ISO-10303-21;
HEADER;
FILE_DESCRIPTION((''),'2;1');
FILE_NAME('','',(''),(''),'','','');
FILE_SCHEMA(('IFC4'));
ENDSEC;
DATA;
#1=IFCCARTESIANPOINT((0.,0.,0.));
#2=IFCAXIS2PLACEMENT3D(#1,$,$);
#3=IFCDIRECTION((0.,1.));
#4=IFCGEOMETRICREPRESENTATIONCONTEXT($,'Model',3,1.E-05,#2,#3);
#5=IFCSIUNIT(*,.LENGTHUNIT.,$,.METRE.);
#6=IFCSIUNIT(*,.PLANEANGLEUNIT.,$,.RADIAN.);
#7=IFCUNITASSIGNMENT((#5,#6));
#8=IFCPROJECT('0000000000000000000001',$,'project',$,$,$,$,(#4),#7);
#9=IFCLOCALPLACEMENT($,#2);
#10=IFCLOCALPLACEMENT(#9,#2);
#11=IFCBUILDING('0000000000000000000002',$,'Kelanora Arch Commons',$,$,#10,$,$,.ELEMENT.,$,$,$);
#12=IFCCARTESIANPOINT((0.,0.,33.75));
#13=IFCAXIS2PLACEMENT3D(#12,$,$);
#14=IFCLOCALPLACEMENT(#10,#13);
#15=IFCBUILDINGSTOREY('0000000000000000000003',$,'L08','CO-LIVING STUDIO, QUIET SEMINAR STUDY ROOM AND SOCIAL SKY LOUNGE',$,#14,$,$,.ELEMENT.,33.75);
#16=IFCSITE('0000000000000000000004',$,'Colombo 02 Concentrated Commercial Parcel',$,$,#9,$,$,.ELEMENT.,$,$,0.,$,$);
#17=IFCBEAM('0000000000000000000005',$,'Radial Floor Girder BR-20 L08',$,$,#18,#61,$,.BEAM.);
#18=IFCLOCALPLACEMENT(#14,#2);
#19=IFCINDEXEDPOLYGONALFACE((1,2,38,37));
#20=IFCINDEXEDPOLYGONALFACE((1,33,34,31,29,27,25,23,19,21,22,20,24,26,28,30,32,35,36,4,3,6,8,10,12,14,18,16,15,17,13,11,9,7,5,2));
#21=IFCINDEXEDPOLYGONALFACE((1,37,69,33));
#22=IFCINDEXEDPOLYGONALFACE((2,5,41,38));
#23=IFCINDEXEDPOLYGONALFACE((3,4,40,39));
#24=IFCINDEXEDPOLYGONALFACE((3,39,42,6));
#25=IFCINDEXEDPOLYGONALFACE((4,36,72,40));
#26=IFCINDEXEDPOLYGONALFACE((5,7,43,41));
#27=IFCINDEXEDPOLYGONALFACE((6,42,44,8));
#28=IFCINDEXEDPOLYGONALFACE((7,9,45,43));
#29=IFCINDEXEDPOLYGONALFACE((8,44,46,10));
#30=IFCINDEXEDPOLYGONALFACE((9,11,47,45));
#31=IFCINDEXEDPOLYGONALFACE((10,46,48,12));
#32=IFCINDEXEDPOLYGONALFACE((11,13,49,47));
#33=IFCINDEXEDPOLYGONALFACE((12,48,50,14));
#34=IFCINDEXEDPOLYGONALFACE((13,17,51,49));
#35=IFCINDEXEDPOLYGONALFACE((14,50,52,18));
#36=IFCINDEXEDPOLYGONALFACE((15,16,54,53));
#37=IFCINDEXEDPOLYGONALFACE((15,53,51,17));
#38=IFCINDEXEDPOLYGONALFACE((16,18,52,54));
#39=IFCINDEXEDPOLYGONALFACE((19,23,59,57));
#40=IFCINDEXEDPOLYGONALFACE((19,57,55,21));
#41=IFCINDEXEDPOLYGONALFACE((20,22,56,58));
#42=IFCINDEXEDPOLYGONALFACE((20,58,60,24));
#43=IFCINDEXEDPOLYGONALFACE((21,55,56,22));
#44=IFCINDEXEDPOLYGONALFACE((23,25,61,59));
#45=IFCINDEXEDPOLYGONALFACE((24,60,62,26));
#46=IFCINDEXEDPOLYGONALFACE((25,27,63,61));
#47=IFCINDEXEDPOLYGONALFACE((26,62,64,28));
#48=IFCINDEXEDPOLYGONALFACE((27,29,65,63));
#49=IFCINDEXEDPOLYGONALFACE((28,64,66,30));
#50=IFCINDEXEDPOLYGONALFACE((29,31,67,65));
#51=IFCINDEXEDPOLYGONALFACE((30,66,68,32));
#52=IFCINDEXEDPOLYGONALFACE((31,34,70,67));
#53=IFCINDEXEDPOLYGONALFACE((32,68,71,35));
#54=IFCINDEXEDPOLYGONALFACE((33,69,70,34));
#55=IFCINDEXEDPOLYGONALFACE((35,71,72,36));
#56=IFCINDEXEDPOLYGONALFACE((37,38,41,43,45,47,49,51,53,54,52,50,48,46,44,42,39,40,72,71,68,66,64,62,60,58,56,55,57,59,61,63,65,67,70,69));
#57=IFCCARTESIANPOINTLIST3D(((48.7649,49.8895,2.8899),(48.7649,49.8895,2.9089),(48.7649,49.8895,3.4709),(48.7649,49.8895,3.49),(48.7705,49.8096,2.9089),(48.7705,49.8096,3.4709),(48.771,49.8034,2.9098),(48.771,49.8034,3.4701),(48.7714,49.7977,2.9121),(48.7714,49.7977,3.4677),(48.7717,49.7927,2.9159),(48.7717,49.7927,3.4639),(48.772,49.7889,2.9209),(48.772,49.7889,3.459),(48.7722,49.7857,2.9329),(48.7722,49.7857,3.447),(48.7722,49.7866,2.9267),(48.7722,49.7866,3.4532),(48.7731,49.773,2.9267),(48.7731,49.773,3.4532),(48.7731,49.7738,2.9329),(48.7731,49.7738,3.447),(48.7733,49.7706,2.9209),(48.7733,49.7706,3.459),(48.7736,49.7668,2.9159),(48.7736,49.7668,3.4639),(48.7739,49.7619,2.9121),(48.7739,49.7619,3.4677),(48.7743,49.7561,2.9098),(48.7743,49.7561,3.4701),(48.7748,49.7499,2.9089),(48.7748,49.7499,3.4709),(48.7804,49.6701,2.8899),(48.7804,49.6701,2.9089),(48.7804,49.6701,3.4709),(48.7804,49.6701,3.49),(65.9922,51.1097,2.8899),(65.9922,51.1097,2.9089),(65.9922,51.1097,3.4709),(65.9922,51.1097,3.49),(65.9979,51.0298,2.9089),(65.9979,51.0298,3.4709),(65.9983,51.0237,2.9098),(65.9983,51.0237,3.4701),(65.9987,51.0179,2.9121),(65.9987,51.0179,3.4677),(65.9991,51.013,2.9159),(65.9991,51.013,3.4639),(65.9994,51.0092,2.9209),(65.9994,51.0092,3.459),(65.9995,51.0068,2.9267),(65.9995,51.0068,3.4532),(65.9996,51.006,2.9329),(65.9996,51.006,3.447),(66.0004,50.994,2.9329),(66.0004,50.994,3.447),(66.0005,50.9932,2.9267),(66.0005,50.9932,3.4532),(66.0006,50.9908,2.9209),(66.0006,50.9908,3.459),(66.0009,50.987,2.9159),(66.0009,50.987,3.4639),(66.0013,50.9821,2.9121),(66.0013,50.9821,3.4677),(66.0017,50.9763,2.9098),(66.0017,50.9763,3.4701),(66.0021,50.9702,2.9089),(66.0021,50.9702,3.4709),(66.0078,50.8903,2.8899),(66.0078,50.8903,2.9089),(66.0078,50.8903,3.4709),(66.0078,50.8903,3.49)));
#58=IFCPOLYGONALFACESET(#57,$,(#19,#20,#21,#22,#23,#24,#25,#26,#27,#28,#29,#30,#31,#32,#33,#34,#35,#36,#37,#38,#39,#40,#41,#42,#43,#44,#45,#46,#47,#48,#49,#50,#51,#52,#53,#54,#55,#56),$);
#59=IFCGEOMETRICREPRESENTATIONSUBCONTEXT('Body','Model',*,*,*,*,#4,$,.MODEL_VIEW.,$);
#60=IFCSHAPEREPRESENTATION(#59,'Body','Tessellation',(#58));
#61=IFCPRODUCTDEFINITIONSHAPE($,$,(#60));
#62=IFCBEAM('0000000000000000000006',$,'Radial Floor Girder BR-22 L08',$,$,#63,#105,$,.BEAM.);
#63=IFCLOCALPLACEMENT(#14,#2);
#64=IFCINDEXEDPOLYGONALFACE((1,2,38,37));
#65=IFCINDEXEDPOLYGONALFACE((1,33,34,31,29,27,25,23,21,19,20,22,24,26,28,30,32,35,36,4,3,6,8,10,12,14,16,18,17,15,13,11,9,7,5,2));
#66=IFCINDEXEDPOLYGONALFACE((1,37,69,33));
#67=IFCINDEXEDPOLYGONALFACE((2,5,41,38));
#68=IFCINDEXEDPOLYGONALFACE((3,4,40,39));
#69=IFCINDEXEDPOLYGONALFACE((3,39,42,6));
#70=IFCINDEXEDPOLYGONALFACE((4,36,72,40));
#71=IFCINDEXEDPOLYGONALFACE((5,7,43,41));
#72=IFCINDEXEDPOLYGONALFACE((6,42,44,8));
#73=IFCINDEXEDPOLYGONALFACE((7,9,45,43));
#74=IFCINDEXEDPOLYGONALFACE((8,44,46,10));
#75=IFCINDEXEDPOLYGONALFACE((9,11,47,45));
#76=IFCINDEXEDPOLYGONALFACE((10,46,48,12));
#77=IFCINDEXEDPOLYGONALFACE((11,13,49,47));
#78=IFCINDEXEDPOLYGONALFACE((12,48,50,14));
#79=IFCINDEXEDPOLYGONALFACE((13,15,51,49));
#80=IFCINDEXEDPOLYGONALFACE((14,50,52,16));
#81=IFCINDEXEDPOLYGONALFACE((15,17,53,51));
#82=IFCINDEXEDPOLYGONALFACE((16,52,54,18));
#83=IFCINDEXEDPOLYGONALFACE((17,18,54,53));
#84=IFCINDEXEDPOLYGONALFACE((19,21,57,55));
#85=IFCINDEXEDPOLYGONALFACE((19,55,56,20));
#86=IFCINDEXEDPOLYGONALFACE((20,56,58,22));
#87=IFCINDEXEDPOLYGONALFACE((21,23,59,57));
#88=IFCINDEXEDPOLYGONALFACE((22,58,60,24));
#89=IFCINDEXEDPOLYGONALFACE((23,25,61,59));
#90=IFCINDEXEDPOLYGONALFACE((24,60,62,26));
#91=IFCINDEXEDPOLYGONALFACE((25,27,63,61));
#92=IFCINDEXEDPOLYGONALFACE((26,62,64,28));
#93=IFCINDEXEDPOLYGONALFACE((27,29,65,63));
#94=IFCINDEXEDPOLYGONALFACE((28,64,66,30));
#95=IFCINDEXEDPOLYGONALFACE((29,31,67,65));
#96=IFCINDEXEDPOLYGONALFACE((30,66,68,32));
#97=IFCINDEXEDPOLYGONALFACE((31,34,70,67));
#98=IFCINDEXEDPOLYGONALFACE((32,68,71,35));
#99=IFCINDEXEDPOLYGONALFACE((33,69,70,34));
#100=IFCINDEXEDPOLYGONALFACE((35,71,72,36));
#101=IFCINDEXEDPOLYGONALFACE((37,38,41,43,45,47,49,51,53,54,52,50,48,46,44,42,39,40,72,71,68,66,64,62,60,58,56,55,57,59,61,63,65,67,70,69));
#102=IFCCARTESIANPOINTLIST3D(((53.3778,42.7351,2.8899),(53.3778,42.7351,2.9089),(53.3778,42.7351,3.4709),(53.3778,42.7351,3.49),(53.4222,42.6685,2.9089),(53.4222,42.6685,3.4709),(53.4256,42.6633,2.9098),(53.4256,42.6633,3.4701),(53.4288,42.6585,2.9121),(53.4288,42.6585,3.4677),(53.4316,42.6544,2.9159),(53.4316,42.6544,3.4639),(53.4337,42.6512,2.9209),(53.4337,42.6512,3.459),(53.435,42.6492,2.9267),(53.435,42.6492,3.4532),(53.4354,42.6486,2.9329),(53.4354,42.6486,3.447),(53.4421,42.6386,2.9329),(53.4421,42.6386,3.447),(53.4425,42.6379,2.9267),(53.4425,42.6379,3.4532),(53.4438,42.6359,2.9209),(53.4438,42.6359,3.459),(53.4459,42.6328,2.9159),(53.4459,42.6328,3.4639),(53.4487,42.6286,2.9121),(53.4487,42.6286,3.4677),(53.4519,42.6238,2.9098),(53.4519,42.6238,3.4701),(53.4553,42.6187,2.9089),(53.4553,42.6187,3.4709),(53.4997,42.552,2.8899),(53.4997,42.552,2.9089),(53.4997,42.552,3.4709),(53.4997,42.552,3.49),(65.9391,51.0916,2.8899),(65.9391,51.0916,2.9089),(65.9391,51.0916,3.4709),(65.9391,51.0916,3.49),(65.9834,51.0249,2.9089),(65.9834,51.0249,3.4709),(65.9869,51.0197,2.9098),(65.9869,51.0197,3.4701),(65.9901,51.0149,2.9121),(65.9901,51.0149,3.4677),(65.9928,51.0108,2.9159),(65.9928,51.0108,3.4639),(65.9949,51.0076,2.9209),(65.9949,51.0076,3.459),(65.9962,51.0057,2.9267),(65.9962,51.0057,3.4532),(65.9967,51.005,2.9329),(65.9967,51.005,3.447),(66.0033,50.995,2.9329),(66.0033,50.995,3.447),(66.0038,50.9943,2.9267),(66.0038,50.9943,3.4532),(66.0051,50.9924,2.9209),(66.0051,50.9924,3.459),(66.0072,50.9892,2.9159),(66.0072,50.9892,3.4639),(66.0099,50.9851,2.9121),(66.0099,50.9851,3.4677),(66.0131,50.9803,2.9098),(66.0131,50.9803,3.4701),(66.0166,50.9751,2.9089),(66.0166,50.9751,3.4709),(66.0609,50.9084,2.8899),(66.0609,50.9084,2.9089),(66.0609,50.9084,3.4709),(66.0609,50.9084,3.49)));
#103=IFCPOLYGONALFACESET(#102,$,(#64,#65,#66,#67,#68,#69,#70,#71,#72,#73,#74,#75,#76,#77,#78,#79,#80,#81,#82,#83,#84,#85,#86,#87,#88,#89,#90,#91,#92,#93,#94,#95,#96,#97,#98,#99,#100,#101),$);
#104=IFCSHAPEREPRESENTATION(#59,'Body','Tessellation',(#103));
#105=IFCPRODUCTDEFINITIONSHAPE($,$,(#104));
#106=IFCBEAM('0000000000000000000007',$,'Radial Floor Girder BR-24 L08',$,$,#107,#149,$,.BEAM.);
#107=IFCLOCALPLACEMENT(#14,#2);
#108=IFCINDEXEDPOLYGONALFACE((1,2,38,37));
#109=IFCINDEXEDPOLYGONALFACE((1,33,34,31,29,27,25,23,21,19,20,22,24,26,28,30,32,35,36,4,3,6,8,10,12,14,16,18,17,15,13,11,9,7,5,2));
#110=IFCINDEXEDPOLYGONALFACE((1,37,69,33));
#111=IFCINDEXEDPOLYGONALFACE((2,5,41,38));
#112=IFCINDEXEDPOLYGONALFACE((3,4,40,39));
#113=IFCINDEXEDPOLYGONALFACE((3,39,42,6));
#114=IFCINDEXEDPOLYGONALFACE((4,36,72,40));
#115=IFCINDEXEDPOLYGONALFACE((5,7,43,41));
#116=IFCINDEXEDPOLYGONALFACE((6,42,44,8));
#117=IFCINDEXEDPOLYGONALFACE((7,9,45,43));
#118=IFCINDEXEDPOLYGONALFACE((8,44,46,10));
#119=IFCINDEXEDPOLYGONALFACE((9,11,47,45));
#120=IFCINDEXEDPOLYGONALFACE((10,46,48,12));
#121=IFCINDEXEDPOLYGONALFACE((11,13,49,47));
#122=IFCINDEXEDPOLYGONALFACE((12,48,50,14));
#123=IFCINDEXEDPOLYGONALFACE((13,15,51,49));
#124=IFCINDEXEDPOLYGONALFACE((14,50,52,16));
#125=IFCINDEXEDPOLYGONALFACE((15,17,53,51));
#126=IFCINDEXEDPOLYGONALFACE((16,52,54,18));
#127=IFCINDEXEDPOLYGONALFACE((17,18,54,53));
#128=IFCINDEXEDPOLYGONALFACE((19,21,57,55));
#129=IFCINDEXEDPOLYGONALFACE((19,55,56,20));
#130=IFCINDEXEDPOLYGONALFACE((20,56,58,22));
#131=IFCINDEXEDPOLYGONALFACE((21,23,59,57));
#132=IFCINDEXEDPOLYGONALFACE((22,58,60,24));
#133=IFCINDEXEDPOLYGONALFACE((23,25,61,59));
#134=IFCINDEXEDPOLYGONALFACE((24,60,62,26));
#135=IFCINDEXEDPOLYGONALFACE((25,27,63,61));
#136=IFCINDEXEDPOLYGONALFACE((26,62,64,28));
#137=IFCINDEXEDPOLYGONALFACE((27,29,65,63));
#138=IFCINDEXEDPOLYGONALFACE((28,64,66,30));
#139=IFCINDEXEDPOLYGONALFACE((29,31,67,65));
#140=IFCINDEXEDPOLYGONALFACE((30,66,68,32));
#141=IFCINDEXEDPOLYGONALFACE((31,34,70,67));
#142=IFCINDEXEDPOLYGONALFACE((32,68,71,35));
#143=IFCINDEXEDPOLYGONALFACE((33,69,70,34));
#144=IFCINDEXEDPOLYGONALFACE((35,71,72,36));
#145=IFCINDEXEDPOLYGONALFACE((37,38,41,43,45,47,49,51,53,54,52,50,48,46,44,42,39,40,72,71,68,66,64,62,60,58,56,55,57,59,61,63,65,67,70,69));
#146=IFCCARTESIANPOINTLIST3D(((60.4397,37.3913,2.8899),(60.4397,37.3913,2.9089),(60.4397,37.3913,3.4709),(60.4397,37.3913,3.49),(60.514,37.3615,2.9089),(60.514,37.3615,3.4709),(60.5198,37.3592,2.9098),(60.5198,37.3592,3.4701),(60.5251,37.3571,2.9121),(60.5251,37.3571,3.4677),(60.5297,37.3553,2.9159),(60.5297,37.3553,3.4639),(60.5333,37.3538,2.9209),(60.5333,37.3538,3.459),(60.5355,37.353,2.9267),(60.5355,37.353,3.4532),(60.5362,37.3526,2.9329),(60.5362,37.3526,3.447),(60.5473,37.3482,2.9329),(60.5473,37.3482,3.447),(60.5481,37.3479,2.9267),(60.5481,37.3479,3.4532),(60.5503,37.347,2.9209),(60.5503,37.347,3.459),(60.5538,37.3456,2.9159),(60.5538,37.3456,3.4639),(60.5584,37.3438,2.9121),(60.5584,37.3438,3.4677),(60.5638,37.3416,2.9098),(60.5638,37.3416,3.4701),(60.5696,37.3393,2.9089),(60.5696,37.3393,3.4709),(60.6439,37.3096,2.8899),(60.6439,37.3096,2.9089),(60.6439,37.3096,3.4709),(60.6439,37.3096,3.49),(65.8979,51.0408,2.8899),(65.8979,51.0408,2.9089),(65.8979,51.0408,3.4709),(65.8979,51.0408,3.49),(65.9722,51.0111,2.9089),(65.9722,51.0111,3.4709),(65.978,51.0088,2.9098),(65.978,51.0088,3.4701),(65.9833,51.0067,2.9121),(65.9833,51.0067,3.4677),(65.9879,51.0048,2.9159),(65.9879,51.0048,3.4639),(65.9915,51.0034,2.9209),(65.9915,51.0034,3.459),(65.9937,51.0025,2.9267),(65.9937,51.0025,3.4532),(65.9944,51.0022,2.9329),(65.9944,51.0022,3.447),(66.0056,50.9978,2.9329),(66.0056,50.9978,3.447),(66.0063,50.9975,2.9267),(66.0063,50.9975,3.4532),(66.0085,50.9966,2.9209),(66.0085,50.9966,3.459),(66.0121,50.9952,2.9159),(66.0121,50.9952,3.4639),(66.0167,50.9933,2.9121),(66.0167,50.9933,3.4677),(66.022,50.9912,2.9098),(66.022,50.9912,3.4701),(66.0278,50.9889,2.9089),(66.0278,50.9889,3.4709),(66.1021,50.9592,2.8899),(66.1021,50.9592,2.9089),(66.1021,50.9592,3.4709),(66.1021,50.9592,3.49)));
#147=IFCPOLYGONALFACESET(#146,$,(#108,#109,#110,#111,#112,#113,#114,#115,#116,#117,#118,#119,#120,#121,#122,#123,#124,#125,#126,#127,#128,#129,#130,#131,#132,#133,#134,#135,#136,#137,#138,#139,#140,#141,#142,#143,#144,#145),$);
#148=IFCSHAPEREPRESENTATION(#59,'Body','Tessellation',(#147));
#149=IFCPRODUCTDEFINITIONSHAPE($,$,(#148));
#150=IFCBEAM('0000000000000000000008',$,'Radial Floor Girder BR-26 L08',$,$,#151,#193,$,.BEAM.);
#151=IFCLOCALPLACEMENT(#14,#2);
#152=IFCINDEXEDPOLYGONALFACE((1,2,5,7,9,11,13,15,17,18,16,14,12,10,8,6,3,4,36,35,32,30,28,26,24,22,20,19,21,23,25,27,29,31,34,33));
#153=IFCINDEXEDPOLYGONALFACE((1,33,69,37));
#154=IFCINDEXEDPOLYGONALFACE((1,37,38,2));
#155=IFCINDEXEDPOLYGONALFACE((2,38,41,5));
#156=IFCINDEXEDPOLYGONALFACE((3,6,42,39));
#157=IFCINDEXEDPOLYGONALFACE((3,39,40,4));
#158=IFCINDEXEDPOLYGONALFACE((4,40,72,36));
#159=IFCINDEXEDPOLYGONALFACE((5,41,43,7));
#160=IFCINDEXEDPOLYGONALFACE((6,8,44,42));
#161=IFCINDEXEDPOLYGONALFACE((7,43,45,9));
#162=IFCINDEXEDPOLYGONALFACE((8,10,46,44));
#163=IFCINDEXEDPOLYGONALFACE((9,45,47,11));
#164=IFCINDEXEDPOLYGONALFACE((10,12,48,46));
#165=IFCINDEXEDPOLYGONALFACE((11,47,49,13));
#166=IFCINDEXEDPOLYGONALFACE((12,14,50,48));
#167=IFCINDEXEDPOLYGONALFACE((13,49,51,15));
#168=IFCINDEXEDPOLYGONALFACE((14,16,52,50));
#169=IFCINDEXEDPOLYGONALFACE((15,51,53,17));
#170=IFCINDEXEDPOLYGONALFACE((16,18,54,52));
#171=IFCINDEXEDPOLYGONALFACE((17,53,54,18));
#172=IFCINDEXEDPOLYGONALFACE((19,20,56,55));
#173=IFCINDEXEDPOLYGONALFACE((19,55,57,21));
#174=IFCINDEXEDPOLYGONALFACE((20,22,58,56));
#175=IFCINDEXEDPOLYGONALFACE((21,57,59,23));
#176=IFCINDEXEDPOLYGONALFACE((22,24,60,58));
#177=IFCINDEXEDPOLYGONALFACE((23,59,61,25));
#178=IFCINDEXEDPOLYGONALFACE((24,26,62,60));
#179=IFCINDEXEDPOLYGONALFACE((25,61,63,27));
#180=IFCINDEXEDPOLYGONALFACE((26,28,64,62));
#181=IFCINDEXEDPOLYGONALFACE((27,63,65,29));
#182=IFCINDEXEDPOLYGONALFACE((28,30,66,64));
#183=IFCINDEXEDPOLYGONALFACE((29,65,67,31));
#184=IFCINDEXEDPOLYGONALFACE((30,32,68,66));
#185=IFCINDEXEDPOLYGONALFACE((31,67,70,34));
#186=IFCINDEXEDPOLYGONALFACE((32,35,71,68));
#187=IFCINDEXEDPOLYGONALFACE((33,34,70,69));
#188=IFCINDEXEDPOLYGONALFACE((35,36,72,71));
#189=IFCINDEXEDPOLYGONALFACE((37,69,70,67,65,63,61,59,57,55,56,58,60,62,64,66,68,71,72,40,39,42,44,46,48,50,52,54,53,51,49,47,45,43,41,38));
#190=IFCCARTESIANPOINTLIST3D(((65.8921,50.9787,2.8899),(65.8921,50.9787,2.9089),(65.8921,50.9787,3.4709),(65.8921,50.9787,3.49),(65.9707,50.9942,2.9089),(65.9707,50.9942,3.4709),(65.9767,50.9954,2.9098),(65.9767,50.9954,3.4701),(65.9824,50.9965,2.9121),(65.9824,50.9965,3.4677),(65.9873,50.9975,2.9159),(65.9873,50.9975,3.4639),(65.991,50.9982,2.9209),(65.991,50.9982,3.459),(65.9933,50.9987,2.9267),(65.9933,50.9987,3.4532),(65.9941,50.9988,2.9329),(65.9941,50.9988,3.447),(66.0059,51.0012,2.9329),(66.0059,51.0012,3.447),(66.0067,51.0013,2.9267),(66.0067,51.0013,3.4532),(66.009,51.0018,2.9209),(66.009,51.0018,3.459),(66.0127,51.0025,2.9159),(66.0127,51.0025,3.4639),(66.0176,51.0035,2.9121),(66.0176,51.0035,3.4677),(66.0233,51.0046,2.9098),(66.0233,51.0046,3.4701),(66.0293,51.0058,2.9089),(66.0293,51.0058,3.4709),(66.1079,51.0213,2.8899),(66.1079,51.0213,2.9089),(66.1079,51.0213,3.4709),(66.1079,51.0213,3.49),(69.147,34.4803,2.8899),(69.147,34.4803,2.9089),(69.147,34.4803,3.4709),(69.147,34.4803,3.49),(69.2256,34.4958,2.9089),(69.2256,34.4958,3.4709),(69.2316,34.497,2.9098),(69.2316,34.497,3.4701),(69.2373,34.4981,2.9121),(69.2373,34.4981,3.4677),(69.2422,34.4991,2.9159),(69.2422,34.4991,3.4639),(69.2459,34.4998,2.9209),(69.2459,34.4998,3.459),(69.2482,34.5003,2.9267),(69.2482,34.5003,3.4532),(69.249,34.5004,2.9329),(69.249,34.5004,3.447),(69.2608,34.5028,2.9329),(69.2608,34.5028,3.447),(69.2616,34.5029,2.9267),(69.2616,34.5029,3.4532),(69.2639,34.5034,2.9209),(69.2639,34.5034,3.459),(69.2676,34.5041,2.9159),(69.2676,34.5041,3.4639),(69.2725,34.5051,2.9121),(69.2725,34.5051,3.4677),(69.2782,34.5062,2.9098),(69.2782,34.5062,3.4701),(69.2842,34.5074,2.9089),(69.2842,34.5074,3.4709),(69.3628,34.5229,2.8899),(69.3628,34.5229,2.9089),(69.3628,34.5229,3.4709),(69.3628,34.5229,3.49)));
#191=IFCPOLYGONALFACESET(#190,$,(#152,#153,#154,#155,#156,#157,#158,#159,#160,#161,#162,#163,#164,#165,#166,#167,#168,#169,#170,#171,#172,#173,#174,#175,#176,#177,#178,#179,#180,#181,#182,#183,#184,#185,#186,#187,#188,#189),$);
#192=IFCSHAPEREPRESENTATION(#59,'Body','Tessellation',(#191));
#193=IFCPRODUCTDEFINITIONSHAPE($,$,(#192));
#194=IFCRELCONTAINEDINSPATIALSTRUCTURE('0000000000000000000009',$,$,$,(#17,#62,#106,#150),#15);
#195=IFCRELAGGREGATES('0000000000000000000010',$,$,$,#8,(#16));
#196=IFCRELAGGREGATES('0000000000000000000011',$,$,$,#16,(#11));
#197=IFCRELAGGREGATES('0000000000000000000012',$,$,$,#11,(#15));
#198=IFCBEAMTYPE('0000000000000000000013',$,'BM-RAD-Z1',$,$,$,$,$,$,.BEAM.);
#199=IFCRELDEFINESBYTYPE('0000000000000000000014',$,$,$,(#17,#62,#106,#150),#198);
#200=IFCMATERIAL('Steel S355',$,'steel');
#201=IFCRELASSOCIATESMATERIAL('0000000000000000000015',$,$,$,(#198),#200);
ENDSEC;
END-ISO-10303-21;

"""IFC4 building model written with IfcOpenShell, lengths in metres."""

from ifc_helpers import new_model, si_unit, direction, frame, origin, origin_2d, place, context, subcontext, project, spatial, i_section, extrude, material, material_profile, profile_set, type_object, element, save


model = new_model("IFC4")

# Units and contexts
model_context = context("Model", 3, precision=1e-05, world=origin(), true_north=direction((0.0, 1.0)))
body_context = subcontext(model_context, "Body", "Model", "MODEL_VIEW")
ifc_project = project(units=[si_unit("LENGTHUNIT", "METRE"), si_unit("PLANEANGLEUNIT", "RADIAN")], contexts=[model_context])

# Site, building, storey
site_placement = place(None, origin())
site = spatial("IfcSite", under=ifc_project, at=site_placement, Name="Colombo 02 Concentrated Commercial Parcel", CompositionType="ELEMENT", RefElevation=0.0)
building_placement = place(site_placement, origin())
building = spatial("IfcBuilding", under=site, at=building_placement, Name="Kelanora Arch Commons", CompositionType="ELEMENT")
storey_placement = place(building_placement, frame((0.0, 0.0, 33.75)))
storey = spatial("IfcBuildingStorey", under=building, at=storey_placement, Name="L08", Description="CO-LIVING STUDIO, QUIET SEMINAR STUDY ROOM AND SOCIAL SKY LOUNGE", CompositionType="ELEMENT", Elevation=33.75)

# Beams
ifc_material_1 = material(Name="Steel S355", Category="steel")
ifc_material_profile_1 = material_profile(ifc_material_1, i_section(OverallWidth=0.22, OverallDepth=0.6001, WebThickness=0.012, FlangeThickness=0.019, FilletRadius=0.0239, at=origin_2d()), Name="IPE600")
ifc_profile_set_1 = profile_set([ifc_material_profile_1], Name="Steel S355")
beam_type_1 = type_object("IfcBeamType", Name="BM-RAD-Z1", PredefinedType="BEAM", material=ifc_profile_set_1)
beam_1_placement = place(storey_placement, frame((66.0, 51.0, 3.1899), z_axis=(-0.997501, -0.070653, 0.0), x_axis=(0.070653, -0.997501, 0.0)))
element("IfcBeam", 1, at=beam_1_placement, inside=storey, type_object=beam_type_1, Name="Radial Floor Girder BR-20 L08", PredefinedType="BEAM", context=body_context, shape_type="SweptSolid", body=[
    extrude(i_section(OverallWidth=0.22, OverallDepth=0.6001, WebThickness=0.012, FlangeThickness=0.019, FilletRadius=0.0239, at=origin_2d()), origin(), (0.0, 0.0, 1.0), 17.2705),
])
beam_2_placement = place(storey_placement, frame((66.0, 51.0, 3.1899), z_axis=(-0.832593, -0.553886, 0.0), x_axis=(0.553886, -0.832593, 0.0)))
element("IfcBeam", 2, at=beam_2_placement, inside=storey, type_object=beam_type_1, Name="Radial Floor Girder BR-22 L08", PredefinedType="BEAM", context=body_context, shape_type="SweptSolid", body=[
    extrude(i_section(OverallWidth=0.22, OverallDepth=0.6001, WebThickness=0.012, FlangeThickness=0.019, FilletRadius=0.0239, at=origin_2d()), origin(), (0.0, 0.0, 1.0), 15.0869),
])
beam_3_placement = place(storey_placement, frame((66.0, 51.0, 3.1899), z_axis=(-0.371296, -0.928514, 0.0), x_axis=(0.928514, -0.371296, 0.0)))
element("IfcBeam", 3, at=beam_3_placement, inside=storey, type_object=beam_type_1, Name="Radial Floor Girder BR-24 L08", PredefinedType="BEAM", context=body_context, shape_type="SweptSolid", body=[
    extrude(i_section(OverallWidth=0.22, OverallDepth=0.6001, WebThickness=0.012, FlangeThickness=0.019, FilletRadius=0.0239, at=origin_2d()), origin(), (0.0, 0.0, 1.0), 14.7004),
])
beam_4_placement = place(storey_placement, frame((66.0, 51.0, 3.1899), z_axis=(0.193555, -0.981089, 0.0), x_axis=(0.981089, 0.193555, 0.0)))
element("IfcBeam", 4, at=beam_4_placement, inside=storey, type_object=beam_type_1, Name="Radial Floor Girder BR-26 L08", PredefinedType="BEAM", context=body_context, shape_type="SweptSolid", body=[
    extrude(i_section(OverallWidth=0.22, OverallDepth=0.6001, WebThickness=0.012, FlangeThickness=0.019, FilletRadius=0.0239, at=origin_2d()), origin(), (0.0, 0.0, 1.0), 16.8164),
])

save(model, "model.ifc")
